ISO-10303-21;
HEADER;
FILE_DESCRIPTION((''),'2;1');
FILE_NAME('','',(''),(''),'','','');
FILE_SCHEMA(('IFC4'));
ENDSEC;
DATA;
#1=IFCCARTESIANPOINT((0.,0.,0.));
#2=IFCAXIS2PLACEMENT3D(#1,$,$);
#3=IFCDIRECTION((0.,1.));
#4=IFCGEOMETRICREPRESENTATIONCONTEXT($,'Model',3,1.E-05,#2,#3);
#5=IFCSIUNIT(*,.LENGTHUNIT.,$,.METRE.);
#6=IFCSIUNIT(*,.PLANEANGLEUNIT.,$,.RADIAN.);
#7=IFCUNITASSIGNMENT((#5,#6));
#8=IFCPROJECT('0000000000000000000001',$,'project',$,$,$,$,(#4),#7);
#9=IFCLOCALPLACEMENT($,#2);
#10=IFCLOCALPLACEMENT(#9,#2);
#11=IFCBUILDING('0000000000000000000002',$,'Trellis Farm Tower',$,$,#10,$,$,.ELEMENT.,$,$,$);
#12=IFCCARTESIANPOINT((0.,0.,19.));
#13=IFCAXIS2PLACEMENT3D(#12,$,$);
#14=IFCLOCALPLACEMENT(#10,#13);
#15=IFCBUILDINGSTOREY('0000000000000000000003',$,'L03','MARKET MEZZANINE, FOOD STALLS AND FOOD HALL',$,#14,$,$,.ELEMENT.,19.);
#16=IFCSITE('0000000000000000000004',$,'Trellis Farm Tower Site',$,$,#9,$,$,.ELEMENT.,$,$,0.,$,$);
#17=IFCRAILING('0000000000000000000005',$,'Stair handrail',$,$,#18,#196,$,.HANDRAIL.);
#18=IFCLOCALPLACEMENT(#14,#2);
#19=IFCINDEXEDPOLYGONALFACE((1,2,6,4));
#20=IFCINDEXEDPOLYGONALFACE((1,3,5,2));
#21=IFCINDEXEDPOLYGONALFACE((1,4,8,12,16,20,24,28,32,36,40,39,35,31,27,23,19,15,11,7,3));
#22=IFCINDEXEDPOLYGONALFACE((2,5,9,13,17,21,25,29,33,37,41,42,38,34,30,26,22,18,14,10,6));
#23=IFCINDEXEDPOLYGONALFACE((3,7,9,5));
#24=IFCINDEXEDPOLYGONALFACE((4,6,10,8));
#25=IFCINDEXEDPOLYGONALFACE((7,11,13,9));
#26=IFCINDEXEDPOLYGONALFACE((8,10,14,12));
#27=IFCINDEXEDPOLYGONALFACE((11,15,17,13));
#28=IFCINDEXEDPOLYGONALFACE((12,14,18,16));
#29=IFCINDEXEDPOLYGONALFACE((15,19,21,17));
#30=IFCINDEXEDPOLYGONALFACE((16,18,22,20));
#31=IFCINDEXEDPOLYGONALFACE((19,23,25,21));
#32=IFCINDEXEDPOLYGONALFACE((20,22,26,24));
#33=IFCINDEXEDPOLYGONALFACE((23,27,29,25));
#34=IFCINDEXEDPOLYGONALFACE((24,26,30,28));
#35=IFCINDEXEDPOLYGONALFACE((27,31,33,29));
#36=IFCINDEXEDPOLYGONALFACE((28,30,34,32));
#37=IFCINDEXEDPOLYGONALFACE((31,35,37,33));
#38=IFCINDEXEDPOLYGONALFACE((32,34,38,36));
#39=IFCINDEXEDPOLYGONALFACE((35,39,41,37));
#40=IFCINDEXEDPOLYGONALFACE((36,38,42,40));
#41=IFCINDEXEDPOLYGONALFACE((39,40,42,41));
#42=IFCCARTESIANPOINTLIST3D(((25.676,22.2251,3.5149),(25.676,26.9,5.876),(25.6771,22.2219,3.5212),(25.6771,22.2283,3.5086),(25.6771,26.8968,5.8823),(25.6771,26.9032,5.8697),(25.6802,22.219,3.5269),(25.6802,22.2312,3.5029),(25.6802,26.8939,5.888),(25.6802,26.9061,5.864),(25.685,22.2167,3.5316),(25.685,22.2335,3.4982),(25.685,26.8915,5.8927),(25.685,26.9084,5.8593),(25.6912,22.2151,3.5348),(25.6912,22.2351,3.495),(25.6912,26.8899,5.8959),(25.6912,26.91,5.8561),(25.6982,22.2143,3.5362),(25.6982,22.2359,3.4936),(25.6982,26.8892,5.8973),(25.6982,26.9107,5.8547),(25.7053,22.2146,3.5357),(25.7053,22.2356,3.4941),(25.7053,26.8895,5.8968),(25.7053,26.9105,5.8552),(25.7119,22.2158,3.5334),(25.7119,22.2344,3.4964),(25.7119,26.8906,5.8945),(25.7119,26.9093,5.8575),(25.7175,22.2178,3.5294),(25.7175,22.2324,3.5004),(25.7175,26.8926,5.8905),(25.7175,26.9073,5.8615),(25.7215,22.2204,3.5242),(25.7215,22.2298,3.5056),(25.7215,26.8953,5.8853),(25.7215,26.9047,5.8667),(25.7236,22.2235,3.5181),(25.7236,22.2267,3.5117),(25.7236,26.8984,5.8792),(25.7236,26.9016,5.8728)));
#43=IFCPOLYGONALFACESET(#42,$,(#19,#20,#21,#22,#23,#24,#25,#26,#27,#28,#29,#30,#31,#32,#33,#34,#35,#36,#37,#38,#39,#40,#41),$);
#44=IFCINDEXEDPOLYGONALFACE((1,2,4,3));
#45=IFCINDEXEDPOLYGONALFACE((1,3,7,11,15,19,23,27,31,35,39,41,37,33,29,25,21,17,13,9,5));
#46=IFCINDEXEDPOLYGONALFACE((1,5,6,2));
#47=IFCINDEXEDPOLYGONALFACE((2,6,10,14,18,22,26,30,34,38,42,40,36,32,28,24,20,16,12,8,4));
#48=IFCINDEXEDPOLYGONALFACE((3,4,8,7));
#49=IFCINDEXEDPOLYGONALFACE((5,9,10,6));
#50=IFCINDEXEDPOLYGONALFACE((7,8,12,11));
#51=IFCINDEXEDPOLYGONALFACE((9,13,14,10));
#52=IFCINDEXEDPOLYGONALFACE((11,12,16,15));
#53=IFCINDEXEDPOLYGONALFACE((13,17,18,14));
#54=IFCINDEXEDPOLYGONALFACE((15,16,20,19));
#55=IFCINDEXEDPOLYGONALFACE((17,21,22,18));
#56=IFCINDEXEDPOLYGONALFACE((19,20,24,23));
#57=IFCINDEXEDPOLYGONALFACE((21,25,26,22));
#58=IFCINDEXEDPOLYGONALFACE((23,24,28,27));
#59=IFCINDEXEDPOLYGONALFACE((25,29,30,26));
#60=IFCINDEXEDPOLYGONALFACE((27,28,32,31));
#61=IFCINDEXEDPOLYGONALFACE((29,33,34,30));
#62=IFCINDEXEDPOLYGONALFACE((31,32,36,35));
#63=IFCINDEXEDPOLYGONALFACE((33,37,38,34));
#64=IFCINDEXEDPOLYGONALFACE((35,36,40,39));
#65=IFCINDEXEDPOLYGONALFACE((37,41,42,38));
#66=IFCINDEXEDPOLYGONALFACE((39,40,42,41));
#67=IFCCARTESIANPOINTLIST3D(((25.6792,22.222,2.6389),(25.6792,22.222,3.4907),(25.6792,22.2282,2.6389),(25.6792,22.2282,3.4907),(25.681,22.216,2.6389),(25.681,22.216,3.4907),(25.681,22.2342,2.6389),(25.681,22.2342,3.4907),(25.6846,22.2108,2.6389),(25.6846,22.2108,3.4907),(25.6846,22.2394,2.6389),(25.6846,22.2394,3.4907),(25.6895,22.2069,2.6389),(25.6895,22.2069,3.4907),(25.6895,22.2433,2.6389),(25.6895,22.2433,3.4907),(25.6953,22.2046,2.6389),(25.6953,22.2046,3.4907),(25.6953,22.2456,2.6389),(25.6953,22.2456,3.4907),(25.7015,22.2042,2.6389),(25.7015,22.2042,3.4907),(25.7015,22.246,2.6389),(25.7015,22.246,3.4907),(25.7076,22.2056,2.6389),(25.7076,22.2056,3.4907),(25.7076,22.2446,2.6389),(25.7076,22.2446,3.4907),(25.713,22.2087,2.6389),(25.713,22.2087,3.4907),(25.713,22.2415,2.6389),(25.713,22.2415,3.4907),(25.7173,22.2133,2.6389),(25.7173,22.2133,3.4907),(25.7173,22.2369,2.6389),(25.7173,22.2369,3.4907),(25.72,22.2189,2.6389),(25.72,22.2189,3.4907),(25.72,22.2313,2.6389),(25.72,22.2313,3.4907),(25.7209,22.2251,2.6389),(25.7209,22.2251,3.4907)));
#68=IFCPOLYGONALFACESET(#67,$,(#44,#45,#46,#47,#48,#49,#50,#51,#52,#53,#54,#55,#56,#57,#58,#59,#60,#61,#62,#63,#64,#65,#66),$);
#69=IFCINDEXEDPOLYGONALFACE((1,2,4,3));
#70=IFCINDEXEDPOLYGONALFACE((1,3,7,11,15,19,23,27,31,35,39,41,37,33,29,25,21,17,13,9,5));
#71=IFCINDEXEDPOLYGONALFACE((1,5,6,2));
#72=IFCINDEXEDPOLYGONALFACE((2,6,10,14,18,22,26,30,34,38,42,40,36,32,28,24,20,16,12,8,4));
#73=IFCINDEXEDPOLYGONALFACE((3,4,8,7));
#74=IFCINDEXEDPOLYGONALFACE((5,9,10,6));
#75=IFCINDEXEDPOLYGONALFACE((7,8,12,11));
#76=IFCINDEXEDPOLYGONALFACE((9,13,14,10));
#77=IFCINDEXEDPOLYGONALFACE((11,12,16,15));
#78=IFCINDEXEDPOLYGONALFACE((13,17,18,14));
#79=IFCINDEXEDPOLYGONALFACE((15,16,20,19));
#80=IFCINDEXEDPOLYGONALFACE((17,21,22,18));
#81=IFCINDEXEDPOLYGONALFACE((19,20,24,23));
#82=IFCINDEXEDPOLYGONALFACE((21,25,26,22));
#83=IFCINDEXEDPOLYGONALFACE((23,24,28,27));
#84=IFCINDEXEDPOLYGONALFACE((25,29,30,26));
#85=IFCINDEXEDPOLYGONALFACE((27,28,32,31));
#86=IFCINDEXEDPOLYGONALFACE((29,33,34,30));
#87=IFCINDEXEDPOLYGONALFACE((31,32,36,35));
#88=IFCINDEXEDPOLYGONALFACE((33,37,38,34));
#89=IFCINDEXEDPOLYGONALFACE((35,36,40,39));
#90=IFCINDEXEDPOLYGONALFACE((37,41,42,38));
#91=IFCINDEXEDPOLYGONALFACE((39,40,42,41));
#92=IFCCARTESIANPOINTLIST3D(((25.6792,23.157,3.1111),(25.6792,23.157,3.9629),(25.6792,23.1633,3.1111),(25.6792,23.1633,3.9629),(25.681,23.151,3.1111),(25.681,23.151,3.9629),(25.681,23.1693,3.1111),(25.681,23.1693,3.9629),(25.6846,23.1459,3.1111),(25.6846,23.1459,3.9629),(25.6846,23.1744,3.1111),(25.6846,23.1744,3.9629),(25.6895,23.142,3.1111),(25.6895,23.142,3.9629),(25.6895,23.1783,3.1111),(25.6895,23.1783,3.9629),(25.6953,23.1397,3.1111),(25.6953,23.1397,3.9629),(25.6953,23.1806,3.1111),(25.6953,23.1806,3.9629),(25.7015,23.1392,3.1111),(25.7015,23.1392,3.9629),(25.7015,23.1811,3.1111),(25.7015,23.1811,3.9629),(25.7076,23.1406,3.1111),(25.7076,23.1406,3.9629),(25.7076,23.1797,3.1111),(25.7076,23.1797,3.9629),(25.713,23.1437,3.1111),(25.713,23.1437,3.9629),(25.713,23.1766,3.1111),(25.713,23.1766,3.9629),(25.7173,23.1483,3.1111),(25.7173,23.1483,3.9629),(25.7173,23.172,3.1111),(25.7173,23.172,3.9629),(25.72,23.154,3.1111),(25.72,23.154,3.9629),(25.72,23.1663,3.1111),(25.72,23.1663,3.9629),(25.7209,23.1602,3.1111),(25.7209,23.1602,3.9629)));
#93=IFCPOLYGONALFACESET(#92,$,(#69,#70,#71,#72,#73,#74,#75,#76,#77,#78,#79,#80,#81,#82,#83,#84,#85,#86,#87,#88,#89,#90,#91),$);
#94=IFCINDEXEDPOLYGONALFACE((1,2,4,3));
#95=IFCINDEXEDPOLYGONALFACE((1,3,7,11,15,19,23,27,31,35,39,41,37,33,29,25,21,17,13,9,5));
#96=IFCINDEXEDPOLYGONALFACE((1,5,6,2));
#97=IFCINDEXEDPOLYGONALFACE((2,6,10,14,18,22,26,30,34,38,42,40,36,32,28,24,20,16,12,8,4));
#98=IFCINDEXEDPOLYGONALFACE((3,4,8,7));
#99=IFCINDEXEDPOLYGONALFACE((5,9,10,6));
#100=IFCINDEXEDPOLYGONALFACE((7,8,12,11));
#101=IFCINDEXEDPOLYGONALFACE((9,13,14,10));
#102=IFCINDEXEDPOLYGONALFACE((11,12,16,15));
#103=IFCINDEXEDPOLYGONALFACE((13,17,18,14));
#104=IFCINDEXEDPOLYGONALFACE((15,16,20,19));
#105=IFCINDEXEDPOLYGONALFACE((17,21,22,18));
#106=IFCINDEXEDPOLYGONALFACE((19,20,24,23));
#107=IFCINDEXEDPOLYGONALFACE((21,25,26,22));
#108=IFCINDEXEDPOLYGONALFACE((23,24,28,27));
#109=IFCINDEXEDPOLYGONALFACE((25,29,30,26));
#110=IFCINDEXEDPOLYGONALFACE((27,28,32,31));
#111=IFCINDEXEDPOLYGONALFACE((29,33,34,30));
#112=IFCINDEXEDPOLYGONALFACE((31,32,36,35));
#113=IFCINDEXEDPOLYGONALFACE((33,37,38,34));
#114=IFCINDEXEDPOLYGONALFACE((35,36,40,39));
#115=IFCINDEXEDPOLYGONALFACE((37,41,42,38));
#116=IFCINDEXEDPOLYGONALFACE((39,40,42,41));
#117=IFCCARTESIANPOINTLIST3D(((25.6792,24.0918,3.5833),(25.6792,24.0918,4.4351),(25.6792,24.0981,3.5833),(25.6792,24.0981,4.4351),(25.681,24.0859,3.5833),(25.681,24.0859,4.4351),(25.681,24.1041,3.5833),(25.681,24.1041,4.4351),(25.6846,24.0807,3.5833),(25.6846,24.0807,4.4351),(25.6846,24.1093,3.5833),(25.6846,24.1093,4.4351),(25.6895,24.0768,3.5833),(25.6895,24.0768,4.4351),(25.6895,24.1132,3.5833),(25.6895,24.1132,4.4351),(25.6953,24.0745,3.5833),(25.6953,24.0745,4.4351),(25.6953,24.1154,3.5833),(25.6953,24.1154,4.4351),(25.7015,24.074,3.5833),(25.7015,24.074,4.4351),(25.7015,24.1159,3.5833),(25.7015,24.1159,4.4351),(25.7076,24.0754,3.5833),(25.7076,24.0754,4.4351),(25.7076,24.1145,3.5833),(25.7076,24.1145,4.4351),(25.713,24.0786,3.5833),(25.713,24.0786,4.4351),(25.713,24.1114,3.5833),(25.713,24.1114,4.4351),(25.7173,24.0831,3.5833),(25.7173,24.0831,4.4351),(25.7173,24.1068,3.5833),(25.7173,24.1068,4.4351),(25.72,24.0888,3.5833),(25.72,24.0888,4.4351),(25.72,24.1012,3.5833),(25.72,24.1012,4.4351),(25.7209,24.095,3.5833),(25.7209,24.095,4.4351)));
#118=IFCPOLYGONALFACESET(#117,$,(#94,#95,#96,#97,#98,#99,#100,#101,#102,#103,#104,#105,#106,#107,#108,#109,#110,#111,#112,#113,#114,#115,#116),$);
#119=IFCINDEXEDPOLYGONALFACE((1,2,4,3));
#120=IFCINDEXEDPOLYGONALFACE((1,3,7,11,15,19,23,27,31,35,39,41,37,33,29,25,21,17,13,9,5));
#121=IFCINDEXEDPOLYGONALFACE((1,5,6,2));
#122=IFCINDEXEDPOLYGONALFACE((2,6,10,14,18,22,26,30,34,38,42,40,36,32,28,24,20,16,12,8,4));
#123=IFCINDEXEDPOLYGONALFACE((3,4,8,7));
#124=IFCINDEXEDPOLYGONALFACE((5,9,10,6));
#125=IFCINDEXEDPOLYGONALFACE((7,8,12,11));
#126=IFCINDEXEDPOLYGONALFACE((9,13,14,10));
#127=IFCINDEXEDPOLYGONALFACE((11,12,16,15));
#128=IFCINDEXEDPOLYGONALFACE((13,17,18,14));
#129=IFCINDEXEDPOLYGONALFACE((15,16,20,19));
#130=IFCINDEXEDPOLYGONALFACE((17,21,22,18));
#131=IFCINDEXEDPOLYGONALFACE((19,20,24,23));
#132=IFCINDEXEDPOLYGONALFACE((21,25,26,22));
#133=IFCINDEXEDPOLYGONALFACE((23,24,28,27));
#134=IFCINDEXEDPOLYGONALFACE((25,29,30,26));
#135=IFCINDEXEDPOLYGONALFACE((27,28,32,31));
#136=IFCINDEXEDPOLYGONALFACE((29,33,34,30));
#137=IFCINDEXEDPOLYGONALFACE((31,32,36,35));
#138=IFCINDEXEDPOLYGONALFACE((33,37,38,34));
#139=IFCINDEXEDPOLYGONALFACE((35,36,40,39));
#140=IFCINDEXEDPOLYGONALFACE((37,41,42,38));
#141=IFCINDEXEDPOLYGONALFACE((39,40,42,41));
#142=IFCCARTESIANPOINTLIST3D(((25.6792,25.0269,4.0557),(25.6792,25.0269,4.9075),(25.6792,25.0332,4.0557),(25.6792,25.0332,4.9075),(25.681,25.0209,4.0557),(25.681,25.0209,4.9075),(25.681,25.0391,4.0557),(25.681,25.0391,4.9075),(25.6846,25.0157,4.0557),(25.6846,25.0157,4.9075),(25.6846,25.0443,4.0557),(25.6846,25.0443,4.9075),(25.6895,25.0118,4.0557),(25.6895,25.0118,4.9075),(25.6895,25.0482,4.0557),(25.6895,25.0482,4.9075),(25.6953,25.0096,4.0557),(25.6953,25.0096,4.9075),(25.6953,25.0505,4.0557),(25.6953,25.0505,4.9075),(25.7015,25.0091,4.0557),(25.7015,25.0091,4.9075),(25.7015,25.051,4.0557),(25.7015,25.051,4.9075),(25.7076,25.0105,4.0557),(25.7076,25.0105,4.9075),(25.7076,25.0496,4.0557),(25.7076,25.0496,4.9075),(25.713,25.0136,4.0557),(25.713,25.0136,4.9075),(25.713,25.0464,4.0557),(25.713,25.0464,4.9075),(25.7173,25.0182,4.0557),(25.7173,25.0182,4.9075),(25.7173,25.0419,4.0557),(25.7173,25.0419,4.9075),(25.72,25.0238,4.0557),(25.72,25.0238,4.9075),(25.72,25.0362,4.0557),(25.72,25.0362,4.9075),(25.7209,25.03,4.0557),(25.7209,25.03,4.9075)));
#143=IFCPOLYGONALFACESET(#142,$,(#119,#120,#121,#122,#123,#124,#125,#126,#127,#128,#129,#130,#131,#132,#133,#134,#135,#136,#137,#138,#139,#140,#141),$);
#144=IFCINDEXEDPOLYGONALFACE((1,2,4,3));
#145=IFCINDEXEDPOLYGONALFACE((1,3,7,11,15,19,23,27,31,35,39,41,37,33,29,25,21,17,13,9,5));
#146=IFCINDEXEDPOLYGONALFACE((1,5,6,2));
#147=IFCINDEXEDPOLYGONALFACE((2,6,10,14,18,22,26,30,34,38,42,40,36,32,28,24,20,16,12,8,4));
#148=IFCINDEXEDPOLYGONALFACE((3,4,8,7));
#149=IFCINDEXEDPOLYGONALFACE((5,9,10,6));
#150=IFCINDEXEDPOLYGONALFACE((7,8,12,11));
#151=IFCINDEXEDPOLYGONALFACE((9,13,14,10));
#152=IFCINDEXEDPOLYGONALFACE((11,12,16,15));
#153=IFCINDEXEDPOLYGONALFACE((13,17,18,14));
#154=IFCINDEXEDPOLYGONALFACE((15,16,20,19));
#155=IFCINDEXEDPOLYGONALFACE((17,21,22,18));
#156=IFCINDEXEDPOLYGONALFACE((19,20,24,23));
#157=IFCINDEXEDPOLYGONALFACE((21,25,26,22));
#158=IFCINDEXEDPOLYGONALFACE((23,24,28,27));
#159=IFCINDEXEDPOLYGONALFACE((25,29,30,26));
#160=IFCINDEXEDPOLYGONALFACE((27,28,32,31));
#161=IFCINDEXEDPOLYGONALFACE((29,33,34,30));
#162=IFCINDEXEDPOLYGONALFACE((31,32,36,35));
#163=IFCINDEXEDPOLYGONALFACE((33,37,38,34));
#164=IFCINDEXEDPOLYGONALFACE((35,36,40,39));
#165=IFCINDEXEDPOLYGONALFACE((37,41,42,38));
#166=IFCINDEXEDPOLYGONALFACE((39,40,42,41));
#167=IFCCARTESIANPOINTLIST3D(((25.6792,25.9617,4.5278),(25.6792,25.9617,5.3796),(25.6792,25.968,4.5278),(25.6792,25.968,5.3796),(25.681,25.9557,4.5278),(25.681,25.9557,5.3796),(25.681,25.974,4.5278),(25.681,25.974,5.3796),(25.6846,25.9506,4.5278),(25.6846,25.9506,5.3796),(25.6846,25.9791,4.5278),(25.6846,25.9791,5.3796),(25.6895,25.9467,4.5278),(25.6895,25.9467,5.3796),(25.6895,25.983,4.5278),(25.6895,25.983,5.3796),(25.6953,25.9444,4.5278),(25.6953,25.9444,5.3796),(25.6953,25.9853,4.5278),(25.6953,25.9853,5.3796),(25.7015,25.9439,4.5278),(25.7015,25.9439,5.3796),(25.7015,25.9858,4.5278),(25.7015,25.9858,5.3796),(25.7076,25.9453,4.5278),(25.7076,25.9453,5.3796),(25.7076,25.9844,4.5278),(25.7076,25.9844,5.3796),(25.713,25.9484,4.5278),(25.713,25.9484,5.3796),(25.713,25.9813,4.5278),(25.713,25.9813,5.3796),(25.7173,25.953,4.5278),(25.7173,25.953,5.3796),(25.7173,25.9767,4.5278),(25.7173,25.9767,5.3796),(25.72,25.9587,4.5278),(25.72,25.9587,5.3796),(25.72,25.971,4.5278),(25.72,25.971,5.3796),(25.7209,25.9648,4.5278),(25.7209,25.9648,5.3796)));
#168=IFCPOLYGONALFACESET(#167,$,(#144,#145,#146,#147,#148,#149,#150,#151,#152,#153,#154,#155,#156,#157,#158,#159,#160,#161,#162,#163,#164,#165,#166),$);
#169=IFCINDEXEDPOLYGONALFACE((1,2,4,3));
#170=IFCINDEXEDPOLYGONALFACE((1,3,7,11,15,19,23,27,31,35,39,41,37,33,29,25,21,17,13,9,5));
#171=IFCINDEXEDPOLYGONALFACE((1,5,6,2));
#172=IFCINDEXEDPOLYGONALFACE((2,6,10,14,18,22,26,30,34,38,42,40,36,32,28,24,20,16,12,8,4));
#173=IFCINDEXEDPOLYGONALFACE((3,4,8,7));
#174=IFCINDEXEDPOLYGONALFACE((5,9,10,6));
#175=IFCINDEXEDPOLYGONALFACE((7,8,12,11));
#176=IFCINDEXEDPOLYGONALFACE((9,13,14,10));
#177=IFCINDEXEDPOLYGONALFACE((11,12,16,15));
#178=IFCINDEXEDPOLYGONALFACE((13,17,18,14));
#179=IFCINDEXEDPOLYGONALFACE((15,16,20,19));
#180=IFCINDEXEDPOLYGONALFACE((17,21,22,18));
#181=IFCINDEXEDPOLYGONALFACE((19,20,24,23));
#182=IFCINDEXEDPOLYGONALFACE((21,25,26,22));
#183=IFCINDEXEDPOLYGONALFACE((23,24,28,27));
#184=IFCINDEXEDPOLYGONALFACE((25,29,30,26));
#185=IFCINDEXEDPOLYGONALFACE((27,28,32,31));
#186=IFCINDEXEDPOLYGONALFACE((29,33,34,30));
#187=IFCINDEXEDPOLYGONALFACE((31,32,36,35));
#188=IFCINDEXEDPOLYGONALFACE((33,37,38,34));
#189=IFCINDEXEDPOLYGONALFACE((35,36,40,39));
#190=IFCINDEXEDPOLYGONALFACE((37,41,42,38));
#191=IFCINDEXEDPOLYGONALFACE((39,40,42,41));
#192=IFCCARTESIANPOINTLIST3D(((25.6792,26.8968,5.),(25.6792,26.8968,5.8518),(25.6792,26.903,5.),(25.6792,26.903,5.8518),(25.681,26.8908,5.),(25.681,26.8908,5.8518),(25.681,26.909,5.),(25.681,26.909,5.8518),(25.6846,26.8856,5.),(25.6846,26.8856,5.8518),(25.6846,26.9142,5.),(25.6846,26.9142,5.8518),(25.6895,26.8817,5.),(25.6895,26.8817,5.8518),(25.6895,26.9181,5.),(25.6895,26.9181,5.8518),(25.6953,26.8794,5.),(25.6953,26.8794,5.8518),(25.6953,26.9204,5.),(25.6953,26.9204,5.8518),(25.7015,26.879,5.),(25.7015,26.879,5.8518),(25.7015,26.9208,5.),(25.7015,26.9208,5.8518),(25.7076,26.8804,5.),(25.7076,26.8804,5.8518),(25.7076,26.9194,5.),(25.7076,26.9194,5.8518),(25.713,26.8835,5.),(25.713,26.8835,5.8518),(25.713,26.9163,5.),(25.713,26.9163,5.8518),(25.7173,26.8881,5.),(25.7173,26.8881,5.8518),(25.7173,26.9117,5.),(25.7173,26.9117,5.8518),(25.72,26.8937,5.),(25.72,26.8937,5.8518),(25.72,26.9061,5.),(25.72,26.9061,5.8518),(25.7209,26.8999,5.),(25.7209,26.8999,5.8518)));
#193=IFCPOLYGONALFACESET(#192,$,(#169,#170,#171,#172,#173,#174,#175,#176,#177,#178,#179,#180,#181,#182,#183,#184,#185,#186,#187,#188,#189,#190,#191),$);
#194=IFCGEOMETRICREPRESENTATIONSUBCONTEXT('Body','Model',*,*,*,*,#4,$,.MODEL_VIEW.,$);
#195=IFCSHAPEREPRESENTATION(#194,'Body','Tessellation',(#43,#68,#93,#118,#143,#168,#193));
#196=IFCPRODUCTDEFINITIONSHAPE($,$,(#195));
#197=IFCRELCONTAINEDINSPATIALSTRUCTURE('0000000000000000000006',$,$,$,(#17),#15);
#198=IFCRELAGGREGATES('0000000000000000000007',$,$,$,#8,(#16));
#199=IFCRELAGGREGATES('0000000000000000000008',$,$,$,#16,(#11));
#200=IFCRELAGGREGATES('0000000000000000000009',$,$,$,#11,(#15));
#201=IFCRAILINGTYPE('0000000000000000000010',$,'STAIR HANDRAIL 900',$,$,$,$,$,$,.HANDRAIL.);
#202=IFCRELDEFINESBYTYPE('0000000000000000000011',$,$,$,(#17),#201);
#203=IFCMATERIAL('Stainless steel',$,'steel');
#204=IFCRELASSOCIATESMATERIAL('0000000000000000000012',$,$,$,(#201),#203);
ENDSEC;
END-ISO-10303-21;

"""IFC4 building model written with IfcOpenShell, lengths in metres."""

from ifc_helpers import new_model, si_unit, direction, frame, origin, origin_2d, place, context, subcontext, project, spatial, circle, extrude, source, transform, mapped, material, type_object, element, save


model = new_model("IFC4")

# Units and contexts
model_context = context("Model", 3, precision=1e-05, world=origin(), true_north=direction((0.0, 1.0)))
body_context = subcontext(model_context, "Body", "Model", "MODEL_VIEW")
ifc_project = project(units=[si_unit("LENGTHUNIT", "METRE"), si_unit("PLANEANGLEUNIT", "RADIAN")], contexts=[model_context])

# Site, building, storey
site_placement = place(None, origin())
site = spatial("IfcSite", under=ifc_project, at=site_placement, Name="Trellis Farm Tower Site", CompositionType="ELEMENT", RefElevation=0.0)
building_placement = place(site_placement, origin())
building = spatial("IfcBuilding", under=site, at=building_placement, Name="Trellis Farm Tower", CompositionType="ELEMENT")
storey_placement = place(building_placement, frame((0.0, 0.0, 19.0)))
storey = spatial("IfcBuildingStorey", under=building, at=storey_placement, Name="L03", Description="MARKET MEZZANINE, FOOD STALLS AND FOOD HALL", CompositionType="ELEMENT", Elevation=19.0)

# Railing
ifc_material_1 = material(Name="Stainless steel", Category="steel")
railing_type = type_object("IfcRailingType", Name="STAIR HANDRAIL 900", PredefinedType="HANDRAIL", material=ifc_material_1)
shared_shape_1 = source(origin(), body_context, "Body", "SweptSolid", [
    extrude(circle(Radius=0.0239, at=origin_2d()), frame((0.0, 0.0, 0.876), z_axis=(0.0, 0.892611, 0.450827), x_axis=(-1.0, 0.0, 0.0)), (0.0, 0.0, 1.0), 5.2373),
    extrude(circle(Radius=0.021, at=origin_2d()), origin(), (0.0, 0.0, 1.0), 0.8518),
    extrude(circle(Radius=0.021, at=origin_2d()), frame((0.0, 0.9351, 0.4722)), (0.0, 0.0, 1.0), 0.8518),
    extrude(circle(Radius=0.021, at=origin_2d()), frame((0.0, 1.8699, 0.9443)), (0.0, 0.0, 1.0), 0.8518),
    extrude(circle(Radius=0.021, at=origin_2d()), frame((0.0, 2.8049, 1.4167)), (0.0, 0.0, 1.0), 0.8518),
    extrude(circle(Radius=0.021, at=origin_2d()), frame((0.0, 3.7397, 1.8889)), (0.0, 0.0, 1.0), 0.8518),
    extrude(circle(Radius=0.021, at=origin_2d()), frame((0.0, 4.6748, 2.3611)), (0.0, 0.0, 1.0), 0.8518),
])
railing_placement = place(storey_placement, frame((25.7, 22.2251, 2.6389)))
element("IfcRailing", 1, at=railing_placement, inside=storey, type_object=railing_type, Name="Stair handrail", PredefinedType="HANDRAIL", context=body_context, shape_type="MappedRepresentation", body=[
    mapped(shared_shape_1, transform((0.0, 0.0, 0.0))),
])

save(model, "model.ifc")
